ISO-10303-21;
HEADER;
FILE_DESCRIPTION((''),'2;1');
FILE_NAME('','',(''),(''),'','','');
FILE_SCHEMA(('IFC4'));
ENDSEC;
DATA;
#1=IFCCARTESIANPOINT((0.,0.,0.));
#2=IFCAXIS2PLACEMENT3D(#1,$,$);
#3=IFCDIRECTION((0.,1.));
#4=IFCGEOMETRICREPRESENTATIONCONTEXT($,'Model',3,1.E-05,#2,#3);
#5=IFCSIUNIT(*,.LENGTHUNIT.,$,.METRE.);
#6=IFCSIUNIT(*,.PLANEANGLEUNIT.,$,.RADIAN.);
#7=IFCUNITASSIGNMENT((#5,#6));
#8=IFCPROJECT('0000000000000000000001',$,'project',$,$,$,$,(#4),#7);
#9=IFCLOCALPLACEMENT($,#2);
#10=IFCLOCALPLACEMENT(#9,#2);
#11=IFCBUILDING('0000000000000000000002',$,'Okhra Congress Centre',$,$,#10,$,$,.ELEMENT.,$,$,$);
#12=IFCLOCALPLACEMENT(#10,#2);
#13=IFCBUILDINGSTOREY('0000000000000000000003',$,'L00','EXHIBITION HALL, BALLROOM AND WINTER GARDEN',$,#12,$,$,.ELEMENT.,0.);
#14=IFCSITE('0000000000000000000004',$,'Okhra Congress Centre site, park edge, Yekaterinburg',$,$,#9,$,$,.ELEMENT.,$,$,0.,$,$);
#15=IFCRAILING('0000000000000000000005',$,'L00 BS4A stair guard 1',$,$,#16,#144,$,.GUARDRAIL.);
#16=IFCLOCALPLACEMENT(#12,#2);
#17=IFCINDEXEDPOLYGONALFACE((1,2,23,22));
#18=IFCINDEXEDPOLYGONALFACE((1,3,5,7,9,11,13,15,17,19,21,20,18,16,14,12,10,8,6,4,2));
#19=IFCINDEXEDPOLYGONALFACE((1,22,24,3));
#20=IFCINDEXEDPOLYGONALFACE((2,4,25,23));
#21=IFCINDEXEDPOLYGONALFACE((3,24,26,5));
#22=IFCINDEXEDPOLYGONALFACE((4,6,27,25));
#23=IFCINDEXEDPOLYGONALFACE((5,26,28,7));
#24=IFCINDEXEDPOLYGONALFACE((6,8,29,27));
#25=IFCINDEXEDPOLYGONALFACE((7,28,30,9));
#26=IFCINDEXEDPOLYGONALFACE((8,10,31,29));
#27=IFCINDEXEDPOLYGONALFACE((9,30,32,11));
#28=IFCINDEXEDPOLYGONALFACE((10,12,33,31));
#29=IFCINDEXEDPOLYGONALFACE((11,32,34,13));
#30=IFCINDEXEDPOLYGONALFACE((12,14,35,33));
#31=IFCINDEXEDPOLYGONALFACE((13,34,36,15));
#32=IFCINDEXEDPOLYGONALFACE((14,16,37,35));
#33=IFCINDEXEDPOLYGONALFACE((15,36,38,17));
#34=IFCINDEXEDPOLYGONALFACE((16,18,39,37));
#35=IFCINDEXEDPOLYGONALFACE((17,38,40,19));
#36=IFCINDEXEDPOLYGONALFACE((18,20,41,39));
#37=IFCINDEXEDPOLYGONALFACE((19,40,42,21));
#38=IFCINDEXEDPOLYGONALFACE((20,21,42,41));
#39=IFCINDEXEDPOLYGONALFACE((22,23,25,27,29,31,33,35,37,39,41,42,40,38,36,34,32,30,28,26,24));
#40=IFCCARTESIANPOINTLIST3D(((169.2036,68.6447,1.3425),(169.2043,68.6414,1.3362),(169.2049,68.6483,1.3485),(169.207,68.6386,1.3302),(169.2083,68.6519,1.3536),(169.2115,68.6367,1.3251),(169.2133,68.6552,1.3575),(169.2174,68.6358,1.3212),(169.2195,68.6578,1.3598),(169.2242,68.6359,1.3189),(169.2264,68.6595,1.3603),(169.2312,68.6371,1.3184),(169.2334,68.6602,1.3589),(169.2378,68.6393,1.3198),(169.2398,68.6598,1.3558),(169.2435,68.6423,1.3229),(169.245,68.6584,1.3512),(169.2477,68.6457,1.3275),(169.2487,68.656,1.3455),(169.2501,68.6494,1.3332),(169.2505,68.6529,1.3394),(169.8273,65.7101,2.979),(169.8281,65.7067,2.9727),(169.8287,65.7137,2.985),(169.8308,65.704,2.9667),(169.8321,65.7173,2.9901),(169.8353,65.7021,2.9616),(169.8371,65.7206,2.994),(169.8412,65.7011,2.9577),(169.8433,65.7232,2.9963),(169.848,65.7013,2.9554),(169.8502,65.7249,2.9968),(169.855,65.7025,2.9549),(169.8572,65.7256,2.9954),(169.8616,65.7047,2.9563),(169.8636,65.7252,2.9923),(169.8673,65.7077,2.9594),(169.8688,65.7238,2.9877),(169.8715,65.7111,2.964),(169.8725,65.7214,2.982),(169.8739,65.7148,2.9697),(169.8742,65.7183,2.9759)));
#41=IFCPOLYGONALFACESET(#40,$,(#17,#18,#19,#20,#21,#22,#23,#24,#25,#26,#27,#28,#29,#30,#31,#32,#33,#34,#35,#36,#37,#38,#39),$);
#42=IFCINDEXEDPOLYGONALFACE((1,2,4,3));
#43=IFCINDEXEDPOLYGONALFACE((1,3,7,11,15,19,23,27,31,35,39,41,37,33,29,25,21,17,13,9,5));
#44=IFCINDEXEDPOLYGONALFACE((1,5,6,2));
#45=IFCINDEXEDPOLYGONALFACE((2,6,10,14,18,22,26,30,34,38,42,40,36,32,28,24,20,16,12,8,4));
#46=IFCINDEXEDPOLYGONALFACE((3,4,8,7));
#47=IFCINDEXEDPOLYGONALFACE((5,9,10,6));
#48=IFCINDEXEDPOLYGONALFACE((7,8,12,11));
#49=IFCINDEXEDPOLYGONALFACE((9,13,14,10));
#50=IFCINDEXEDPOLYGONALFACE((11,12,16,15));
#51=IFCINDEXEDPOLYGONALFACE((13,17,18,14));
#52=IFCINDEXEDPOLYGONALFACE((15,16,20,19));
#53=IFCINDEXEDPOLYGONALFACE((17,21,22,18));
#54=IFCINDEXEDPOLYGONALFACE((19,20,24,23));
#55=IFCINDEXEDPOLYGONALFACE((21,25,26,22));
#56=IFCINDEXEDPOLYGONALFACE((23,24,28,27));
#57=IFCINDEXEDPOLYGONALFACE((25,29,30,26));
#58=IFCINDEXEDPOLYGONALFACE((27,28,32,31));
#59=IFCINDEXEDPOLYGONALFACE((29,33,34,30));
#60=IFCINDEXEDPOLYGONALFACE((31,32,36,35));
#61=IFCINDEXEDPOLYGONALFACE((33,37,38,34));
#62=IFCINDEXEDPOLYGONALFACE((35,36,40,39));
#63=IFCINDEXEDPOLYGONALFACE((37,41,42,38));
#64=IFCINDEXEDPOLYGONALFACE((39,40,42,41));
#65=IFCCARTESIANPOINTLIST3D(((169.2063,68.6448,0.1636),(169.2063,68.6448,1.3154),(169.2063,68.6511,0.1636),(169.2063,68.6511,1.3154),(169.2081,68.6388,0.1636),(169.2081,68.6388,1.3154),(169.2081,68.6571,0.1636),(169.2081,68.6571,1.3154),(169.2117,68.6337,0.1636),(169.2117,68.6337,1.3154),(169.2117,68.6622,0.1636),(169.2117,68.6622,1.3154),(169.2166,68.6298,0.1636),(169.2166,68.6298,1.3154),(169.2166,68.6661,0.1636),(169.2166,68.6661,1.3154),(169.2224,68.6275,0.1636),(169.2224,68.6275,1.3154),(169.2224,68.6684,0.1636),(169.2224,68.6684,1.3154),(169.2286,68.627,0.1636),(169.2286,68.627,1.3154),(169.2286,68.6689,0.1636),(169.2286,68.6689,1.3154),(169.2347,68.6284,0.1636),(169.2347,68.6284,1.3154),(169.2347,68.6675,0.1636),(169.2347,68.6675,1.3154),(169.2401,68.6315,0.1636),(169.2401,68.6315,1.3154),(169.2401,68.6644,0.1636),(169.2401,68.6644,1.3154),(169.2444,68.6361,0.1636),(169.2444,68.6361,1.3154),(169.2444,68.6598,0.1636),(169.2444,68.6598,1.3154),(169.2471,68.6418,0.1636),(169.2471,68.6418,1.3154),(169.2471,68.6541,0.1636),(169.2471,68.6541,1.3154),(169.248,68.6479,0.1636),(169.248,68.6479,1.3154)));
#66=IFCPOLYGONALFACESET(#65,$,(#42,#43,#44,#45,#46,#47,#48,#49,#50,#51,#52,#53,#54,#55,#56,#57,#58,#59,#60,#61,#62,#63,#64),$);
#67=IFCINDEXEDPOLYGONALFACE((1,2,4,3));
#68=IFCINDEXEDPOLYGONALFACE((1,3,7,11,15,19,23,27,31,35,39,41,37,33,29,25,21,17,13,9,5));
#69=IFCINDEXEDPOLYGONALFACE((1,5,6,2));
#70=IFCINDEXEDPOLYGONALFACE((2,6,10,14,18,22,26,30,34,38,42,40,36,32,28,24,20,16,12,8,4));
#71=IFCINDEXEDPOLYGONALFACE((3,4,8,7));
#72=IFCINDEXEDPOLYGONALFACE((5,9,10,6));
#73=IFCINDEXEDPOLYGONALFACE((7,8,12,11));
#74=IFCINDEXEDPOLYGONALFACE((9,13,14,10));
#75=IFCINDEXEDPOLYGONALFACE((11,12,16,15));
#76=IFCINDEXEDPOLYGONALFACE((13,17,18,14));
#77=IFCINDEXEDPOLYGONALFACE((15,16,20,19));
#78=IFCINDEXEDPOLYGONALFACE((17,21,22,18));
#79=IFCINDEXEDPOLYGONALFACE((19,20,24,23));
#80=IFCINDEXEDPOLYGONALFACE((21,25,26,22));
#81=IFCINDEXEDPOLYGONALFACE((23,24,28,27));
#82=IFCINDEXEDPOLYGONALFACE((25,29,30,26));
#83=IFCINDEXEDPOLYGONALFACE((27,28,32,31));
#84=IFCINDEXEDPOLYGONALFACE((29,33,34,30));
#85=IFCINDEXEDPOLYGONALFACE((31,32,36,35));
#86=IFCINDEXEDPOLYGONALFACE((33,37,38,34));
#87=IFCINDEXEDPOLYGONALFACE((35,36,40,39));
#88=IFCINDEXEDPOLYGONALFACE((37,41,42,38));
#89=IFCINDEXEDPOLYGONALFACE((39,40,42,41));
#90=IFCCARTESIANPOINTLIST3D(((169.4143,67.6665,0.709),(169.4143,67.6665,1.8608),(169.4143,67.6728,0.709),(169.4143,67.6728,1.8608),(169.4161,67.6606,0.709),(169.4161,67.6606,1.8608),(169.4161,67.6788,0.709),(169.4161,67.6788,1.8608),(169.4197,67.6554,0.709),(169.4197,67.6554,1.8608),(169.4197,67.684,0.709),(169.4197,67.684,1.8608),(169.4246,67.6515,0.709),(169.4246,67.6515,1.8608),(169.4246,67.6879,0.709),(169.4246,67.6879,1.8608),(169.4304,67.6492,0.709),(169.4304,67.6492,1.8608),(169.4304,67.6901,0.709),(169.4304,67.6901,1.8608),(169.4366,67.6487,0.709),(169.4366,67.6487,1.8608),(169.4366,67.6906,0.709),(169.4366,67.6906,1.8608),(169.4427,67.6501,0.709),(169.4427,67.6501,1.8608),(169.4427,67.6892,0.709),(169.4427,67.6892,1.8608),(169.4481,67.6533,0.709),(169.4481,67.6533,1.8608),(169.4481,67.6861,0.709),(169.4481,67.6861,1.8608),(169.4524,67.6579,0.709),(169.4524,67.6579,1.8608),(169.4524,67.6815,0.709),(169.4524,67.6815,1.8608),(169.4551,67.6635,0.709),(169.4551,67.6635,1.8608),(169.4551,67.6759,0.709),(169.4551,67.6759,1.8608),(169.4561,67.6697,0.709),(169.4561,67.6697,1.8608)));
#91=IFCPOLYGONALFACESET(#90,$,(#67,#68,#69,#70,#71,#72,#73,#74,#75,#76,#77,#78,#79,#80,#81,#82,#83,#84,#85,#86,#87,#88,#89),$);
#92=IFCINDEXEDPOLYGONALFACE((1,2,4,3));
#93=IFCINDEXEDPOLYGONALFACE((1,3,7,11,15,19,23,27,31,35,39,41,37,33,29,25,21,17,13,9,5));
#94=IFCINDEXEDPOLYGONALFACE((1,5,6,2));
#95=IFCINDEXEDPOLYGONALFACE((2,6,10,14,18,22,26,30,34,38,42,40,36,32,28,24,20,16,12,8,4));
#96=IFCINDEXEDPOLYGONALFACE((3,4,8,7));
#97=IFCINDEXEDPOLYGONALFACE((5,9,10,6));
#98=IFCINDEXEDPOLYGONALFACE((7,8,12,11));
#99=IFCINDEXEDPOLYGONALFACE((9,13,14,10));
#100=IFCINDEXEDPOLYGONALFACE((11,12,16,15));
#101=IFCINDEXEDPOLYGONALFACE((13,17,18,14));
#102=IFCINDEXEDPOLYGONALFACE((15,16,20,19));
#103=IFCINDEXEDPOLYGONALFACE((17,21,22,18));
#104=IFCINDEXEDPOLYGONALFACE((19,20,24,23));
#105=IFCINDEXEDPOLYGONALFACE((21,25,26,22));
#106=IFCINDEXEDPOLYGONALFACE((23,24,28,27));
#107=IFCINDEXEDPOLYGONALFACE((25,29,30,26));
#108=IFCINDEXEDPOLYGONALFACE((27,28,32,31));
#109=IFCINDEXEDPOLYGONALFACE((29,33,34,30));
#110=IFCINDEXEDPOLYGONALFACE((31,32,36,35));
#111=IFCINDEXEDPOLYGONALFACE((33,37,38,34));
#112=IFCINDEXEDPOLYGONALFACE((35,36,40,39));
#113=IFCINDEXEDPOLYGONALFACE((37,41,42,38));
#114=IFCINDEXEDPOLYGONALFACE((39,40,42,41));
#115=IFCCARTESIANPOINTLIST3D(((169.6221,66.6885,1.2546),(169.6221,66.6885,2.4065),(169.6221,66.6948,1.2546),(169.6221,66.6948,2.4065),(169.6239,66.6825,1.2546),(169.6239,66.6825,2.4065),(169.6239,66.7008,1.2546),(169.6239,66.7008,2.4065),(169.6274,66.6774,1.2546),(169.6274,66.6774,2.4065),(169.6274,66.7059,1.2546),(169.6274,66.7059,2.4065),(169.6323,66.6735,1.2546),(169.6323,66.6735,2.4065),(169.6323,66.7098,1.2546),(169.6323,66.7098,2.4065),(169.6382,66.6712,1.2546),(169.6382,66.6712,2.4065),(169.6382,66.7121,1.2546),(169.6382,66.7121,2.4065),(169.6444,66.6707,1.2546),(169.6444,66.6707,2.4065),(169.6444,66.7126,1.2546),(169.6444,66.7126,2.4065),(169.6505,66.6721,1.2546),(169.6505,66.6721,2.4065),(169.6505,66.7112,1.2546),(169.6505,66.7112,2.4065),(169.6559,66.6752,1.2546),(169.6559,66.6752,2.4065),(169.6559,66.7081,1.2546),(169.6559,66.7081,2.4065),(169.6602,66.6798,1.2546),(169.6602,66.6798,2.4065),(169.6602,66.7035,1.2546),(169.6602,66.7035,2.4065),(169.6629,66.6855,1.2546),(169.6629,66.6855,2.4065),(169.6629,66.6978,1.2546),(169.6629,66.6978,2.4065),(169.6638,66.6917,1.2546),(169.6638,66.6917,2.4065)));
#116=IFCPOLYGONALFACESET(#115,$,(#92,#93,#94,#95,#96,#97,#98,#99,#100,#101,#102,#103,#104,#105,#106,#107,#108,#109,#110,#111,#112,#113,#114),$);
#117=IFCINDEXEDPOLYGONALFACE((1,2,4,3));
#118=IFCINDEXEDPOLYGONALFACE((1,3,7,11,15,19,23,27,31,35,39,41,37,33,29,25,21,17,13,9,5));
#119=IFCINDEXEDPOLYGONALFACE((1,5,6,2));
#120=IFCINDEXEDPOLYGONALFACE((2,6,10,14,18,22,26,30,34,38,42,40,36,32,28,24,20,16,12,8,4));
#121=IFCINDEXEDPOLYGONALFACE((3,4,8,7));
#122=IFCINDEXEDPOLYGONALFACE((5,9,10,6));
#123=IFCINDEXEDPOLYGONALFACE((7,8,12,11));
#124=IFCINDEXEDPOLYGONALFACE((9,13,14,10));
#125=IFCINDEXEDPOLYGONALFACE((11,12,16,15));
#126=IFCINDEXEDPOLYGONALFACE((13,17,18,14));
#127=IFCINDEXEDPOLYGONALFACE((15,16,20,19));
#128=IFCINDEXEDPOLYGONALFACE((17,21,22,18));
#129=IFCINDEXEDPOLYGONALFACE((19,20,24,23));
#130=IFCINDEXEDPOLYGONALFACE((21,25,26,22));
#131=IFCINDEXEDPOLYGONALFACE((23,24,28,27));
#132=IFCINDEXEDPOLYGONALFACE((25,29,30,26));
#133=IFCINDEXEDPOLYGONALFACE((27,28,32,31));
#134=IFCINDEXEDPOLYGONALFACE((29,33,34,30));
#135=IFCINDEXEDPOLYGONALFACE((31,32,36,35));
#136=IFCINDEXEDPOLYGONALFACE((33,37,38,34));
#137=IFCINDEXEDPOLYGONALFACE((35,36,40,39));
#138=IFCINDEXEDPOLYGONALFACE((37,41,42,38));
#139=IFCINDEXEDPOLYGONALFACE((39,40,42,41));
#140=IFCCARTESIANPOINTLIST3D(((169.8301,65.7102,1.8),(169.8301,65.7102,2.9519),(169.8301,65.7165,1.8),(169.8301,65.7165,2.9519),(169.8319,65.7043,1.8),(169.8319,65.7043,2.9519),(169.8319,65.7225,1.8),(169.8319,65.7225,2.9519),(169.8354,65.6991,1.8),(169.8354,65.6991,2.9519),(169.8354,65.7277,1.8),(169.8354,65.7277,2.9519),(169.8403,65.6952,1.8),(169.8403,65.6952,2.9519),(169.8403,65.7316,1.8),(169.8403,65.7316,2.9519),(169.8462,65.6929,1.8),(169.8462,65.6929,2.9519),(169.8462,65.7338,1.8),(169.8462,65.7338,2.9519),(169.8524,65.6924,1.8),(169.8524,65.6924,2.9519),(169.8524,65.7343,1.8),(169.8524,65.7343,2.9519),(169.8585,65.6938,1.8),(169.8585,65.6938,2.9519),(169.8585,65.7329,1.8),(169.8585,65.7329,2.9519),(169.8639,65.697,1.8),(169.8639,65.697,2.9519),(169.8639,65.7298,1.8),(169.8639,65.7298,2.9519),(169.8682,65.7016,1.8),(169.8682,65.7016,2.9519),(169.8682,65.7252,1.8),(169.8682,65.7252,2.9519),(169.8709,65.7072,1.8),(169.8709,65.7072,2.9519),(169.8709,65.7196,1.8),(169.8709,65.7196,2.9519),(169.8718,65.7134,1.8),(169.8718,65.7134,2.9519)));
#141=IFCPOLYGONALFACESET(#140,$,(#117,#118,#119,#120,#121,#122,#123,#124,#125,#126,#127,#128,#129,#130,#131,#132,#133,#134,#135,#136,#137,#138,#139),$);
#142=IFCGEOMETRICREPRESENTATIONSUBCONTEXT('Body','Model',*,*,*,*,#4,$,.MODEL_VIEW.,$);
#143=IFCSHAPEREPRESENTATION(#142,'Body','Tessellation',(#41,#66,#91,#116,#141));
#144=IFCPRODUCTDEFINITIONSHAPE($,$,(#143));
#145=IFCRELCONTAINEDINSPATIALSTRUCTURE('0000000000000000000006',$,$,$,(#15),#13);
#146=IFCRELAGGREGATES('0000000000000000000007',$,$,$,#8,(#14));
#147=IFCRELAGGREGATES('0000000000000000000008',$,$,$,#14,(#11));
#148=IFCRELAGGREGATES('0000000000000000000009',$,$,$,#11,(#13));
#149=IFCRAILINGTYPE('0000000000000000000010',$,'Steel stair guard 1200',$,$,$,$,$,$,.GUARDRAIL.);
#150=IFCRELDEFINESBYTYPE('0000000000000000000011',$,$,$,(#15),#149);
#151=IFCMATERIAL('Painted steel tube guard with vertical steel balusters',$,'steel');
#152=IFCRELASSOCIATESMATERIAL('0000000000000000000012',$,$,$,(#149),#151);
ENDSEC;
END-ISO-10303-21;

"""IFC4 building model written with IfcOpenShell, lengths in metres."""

from ifc_helpers import new_model, si_unit, direction, frame, origin, origin_2d, place, context, subcontext, project, spatial, circle, extrude, material, type_object, element, save


model = new_model("IFC4")

# Units and contexts
model_context = context("Model", 3, precision=1e-05, world=origin(), true_north=direction((0.0, 1.0)))
body_context = subcontext(model_context, "Body", "Model", "MODEL_VIEW")
ifc_project = project(units=[si_unit("LENGTHUNIT", "METRE"), si_unit("PLANEANGLEUNIT", "RADIAN")], contexts=[model_context])

# Site, building, storey
site_placement = place(None, origin())
site = spatial("IfcSite", under=ifc_project, at=site_placement, Name="Okhra Congress Centre site, park edge, Yekaterinburg", CompositionType="ELEMENT", RefElevation=0.0)
building_placement = place(site_placement, origin())
building = spatial("IfcBuilding", under=site, at=building_placement, Name="Okhra Congress Centre", CompositionType="ELEMENT")
storey_placement = place(building_placement, origin())
storey = spatial("IfcBuildingStorey", under=building, at=storey_placement, Name="L00", Description="EXHIBITION HALL, BALLROOM AND WINTER GARDEN", CompositionType="ELEMENT", Elevation=0.0)

# Railing
ifc_material_1 = material(Name="Painted steel tube guard with vertical steel balusters", Category="steel")
railing_type_1 = type_object("IfcRailingType", Name="Steel stair guard 1200", PredefinedType="GUARDRAIL", material=ifc_material_1)
railing_1_placement = place(storey_placement, frame((169.2271, 68.6479, 0.1636)))
element("IfcRailing", 1, at=railing_1_placement, inside=storey, type_object=railing_type_1, Name="L00 BS4A stair guard 1", PredefinedType="GUARDRAIL", context=body_context, shape_type="SweptSolid", body=[
    extrude(circle(Radius=0.0239, at=origin_2d()), frame((0.0, 0.0, 1.1758), z_axis=(0.182529, -0.858706, 0.478861), x_axis=(0.978146, 0.207917, 0.0)), (0.0, 0.0, 1.0), 3.4175),
    extrude(circle(Radius=0.021, at=origin_2d()), origin(), (0.0, 0.0, 1.0), 1.1519),
    extrude(circle(Radius=0.021, at=origin_2d()), frame((0.208, -0.9783, 0.5454)), (0.0, 0.0, 1.0), 1.1519),
    extrude(circle(Radius=0.021, at=origin_2d()), frame((0.4158, -1.9563, 1.0911)), (0.0, 0.0, 1.0), 1.1519),
    extrude(circle(Radius=0.021, at=origin_2d()), frame((0.6238, -2.9346, 1.6365)), (0.0, 0.0, 1.0), 1.1519),
])

save(model, "model.ifc")
